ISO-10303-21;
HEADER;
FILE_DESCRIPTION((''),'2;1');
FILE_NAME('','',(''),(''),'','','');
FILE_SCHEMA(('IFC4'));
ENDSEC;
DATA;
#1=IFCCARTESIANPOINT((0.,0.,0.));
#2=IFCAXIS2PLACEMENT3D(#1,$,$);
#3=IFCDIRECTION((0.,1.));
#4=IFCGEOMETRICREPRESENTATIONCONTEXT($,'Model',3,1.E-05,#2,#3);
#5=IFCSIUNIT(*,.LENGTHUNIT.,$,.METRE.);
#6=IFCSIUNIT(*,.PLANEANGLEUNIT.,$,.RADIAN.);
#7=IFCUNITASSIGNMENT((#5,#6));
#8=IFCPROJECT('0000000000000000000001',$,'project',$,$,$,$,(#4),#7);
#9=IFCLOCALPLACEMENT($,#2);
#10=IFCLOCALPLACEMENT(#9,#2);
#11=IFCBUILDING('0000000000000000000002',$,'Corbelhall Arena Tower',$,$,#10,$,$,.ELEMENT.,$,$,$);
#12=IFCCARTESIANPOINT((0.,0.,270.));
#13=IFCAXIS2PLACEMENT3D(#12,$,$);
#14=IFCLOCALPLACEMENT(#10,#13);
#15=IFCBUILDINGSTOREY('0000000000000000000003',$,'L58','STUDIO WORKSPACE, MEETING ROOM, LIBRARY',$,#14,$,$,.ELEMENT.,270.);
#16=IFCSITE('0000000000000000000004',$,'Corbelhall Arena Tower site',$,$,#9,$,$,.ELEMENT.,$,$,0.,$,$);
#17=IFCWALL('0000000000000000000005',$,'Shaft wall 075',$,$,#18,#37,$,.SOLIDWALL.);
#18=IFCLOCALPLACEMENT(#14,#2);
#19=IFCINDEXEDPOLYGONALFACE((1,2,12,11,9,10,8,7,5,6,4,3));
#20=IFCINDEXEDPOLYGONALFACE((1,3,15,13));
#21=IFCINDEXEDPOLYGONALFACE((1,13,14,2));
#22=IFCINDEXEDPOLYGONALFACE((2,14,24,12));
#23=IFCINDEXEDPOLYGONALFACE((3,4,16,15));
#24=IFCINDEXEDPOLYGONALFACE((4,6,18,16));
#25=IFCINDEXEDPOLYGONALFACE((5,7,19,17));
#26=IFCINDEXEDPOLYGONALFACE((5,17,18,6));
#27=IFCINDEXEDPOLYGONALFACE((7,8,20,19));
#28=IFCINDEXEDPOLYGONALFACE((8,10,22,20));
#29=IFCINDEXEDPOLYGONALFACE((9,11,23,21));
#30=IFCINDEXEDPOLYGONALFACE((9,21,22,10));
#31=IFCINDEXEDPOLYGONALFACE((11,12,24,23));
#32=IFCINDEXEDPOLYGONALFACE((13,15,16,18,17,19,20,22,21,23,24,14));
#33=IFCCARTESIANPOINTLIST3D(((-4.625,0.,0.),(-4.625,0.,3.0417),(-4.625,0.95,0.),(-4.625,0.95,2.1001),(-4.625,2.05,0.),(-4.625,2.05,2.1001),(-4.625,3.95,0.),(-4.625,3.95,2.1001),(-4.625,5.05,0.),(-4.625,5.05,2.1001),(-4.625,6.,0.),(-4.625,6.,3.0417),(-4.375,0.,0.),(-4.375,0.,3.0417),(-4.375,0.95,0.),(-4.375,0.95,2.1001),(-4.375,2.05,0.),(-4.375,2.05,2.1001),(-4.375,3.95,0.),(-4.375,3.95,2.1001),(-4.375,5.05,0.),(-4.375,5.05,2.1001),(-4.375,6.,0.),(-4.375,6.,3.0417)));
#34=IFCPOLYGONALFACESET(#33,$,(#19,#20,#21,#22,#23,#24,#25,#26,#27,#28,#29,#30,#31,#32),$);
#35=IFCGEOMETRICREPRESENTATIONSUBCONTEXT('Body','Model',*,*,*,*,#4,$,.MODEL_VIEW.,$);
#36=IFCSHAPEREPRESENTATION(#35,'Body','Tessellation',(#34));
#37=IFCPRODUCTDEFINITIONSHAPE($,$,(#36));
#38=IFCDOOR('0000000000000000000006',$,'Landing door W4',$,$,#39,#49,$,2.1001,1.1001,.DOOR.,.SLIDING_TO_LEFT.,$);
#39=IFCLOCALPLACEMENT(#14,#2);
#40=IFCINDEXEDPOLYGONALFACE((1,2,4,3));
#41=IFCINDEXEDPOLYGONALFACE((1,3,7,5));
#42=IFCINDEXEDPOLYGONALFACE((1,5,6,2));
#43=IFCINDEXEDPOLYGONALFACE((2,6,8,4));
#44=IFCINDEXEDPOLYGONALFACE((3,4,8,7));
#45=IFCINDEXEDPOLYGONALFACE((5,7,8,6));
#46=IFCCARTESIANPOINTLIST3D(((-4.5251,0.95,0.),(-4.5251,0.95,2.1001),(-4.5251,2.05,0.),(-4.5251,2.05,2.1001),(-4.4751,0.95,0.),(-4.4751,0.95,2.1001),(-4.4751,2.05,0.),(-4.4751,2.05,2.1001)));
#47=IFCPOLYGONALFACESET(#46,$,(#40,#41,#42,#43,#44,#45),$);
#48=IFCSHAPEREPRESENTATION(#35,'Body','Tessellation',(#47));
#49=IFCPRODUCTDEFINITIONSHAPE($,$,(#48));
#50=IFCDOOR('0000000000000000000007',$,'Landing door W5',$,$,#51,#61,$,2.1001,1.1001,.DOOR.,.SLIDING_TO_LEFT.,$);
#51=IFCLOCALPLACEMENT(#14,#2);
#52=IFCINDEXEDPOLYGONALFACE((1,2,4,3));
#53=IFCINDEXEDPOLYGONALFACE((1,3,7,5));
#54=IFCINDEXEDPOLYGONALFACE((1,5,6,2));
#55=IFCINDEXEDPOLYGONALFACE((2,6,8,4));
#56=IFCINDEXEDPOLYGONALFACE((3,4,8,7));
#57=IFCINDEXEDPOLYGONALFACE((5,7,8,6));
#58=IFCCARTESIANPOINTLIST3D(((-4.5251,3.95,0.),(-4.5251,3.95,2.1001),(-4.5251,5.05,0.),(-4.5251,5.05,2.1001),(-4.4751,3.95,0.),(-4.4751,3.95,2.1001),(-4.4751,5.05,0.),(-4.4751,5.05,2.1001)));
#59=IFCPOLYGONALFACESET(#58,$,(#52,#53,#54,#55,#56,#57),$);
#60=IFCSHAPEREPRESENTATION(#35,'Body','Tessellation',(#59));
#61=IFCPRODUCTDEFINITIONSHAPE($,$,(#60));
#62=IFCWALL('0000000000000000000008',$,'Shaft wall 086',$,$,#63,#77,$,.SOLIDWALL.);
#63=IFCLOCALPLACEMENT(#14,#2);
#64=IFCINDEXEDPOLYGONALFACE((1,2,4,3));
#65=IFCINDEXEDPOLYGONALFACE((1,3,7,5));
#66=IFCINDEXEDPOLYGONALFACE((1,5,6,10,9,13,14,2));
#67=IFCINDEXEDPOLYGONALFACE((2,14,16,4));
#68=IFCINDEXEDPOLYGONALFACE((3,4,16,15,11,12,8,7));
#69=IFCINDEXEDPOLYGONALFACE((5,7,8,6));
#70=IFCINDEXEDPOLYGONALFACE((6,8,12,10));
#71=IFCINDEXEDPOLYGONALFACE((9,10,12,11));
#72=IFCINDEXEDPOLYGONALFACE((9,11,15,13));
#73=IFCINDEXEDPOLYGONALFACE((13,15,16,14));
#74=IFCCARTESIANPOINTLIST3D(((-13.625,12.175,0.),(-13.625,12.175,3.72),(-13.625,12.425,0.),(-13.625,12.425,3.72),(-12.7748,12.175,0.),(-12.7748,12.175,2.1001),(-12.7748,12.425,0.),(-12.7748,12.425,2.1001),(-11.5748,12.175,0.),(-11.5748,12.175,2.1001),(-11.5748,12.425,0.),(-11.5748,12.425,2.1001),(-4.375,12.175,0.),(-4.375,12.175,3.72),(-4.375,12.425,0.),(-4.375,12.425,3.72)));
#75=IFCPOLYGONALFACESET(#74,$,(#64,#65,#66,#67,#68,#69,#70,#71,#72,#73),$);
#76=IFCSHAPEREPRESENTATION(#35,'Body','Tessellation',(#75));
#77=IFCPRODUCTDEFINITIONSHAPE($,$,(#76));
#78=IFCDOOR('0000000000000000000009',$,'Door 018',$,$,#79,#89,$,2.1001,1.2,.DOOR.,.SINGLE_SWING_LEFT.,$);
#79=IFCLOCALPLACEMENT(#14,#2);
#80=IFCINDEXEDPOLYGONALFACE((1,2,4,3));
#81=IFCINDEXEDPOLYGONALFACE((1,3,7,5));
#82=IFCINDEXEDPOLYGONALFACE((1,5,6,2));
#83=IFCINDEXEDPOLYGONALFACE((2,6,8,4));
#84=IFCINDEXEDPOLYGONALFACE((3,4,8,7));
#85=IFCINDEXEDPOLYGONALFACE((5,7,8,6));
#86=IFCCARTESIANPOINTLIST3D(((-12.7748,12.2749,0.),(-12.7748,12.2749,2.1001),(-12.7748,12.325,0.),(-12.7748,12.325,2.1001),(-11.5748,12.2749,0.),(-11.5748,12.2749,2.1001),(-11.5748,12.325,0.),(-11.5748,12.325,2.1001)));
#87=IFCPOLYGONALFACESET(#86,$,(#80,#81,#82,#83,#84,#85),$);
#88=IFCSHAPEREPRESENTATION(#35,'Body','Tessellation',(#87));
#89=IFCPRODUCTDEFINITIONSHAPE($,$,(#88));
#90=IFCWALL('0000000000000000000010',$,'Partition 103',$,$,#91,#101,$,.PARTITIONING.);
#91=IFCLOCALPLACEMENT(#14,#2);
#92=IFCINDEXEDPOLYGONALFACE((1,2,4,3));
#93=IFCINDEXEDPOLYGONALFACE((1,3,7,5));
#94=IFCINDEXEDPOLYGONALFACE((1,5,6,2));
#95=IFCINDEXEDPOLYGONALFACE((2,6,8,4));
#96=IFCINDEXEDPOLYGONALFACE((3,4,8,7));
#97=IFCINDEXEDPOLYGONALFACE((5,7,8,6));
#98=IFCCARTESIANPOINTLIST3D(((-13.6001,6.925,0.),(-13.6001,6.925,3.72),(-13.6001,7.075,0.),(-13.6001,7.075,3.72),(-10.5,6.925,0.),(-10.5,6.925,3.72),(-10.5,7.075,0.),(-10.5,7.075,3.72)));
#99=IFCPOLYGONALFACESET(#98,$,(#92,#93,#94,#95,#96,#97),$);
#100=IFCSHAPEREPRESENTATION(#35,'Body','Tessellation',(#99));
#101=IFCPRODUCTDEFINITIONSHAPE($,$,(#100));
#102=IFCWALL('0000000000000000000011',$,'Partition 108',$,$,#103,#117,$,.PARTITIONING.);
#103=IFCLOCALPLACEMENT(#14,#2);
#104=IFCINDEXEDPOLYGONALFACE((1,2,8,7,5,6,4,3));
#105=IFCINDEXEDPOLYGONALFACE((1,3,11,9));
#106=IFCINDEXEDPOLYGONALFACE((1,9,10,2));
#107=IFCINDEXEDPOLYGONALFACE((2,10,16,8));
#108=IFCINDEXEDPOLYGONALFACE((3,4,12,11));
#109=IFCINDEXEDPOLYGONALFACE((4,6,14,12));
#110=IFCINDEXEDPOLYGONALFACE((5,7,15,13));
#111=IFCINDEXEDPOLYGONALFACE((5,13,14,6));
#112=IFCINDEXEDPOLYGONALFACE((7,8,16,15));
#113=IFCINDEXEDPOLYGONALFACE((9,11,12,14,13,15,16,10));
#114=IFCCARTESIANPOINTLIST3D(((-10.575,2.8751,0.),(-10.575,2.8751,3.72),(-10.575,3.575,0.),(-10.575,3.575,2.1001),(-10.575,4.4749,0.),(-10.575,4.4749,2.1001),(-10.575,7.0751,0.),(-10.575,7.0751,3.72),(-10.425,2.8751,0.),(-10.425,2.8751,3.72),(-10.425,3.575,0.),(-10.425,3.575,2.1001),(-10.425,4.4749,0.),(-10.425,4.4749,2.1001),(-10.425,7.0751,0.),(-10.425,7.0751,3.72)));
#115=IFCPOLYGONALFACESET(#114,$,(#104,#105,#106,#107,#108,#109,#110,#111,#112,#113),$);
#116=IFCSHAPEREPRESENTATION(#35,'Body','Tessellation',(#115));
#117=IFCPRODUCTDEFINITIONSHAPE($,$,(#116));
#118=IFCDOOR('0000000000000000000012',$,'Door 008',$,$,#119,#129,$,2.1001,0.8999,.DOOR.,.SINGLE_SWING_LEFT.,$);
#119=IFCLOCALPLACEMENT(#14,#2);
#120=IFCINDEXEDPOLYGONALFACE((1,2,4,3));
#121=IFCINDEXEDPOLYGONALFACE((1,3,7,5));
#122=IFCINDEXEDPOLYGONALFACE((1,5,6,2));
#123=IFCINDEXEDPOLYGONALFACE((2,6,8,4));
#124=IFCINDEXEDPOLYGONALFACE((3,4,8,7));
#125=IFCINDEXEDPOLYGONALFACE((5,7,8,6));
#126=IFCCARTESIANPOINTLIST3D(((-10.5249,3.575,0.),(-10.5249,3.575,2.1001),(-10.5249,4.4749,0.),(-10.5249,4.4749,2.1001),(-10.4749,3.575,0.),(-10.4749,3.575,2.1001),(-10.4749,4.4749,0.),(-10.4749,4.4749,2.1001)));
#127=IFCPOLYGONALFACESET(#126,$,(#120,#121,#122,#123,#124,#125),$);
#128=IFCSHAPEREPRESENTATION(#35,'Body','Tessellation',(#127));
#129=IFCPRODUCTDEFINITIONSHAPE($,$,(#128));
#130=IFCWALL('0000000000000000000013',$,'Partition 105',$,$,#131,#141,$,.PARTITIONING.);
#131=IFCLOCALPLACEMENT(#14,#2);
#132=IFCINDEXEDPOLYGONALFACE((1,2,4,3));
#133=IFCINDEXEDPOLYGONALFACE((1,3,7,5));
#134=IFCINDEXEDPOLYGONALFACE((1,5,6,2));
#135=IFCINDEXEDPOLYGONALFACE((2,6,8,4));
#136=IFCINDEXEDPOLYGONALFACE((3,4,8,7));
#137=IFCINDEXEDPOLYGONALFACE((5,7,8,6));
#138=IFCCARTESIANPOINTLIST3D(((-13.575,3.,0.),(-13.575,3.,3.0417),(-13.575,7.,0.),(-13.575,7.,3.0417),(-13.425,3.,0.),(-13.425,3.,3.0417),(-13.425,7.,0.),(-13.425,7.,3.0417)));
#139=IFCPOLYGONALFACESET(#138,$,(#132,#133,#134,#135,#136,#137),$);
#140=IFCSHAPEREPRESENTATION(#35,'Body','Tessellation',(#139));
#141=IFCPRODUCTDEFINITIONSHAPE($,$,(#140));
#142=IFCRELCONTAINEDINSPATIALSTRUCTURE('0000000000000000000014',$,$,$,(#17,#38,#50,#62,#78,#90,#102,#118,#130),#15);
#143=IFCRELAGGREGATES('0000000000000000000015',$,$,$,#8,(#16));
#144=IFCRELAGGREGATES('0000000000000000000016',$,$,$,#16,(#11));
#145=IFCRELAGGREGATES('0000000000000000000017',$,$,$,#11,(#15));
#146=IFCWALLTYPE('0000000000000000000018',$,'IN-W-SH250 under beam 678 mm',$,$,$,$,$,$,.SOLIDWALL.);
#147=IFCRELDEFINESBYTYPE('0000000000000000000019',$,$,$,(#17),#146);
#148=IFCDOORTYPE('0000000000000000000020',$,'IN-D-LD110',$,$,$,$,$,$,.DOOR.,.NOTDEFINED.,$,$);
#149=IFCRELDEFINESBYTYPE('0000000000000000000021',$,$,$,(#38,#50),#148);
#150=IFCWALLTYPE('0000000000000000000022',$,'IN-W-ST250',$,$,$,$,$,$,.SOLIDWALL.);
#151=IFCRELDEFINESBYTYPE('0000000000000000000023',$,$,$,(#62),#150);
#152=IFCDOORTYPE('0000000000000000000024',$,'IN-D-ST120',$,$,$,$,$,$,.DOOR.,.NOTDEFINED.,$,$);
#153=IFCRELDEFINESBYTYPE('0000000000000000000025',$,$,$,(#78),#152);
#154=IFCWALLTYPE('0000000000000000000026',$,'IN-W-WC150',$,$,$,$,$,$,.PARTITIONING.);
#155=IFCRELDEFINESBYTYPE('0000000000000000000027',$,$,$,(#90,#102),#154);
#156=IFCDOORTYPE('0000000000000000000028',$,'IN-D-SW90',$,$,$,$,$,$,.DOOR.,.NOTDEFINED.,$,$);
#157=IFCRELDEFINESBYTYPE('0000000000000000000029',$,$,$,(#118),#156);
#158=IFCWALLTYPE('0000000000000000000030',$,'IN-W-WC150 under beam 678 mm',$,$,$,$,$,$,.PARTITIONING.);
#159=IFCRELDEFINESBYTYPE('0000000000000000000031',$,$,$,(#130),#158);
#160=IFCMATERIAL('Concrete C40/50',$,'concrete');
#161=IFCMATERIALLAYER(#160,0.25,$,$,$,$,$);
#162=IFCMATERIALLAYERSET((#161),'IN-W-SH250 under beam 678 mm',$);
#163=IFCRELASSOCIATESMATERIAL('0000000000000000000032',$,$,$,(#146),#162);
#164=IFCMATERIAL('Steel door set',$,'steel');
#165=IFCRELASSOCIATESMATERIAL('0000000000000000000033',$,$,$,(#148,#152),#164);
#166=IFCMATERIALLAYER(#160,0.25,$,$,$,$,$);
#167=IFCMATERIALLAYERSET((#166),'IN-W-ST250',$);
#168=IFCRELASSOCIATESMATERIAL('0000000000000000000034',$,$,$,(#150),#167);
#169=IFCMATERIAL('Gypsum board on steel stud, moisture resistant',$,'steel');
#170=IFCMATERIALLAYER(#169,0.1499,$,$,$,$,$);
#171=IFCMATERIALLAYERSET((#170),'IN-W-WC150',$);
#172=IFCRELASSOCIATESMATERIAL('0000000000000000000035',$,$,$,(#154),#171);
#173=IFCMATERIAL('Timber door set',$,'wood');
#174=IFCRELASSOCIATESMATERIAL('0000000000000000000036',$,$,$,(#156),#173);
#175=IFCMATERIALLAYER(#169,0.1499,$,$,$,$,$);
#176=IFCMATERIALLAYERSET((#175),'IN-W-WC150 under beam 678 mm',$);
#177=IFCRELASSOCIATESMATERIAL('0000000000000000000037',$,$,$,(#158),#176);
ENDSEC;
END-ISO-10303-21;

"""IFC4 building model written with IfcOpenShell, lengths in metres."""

from ifc_helpers import new_model, si_unit, direction, frame, frame_2d, origin, place, context, subcontext, project, spatial, rectangle, extrude, material, layer, layer_set, type_object, element, fill, save


model = new_model("IFC4")

# Units and contexts
model_context = context("Model", 3, precision=1e-05, world=origin(), true_north=direction((0.0, 1.0)))
body_context = subcontext(model_context, "Body", "Model", "MODEL_VIEW")
ifc_project = project(units=[si_unit("LENGTHUNIT", "METRE"), si_unit("PLANEANGLEUNIT", "RADIAN")], contexts=[model_context])

# Site, building, storey
site_placement = place(None, origin())
site = spatial("IfcSite", under=ifc_project, at=site_placement, Name="Corbelhall Arena Tower site", CompositionType="ELEMENT", RefElevation=0.0)
building_placement = place(site_placement, origin())
building = spatial("IfcBuilding", under=site, at=building_placement, Name="Corbelhall Arena Tower", CompositionType="ELEMENT")
storey_placement = place(building_placement, frame((0.0, 0.0, 270.0)))
storey = spatial("IfcBuildingStorey", under=building, at=storey_placement, Name="L58", Description="STUDIO WORKSPACE, MEETING ROOM, LIBRARY", CompositionType="ELEMENT", Elevation=270.0)

# Shared definitions
ifc_material_1 = material(Name="Steel door set", Category="steel")

# Shared definitions
ifc_material_2 = material(Name="Concrete C40/50", Category="concrete")

# Wall, openings, doors
ifc_layer_1 = layer(ifc_material_2, 0.25)
ifc_layer_set_1 = layer_set([ifc_layer_1], Name="IN-W-SH250 under beam 678 mm")
wall_type_1 = type_object("IfcWallType", Name="IN-W-SH250 under beam 678 mm", PredefinedType="SOLIDWALL", material=ifc_layer_set_1)
wall_1_placement = place(storey_placement, frame((-4.5, 6.0, 0.0), z_axis=(0.0, 0.0, 1.0), x_axis=(0.0, -1.0, 0.0)))
wall_1 = element("IfcWall", 1, at=wall_1_placement, inside=storey, type_object=wall_type_1, Name="Shaft wall 075", PredefinedType="SOLIDWALL", context=body_context, shape_type="SweptSolid", body=[
    extrude(rectangle(XDim=6.0, YDim=0.25, at=frame_2d((3.0, 0.0))), origin(), (0.0, 0.0, 1.0), 3.0417),
])
opening_1_placement = place(wall_1_placement, frame((3.95, 0.0, 0.0)))
opening_1 = element("IfcOpeningElement", 2, at=opening_1_placement, cuts=wall_1, PredefinedType="OPENING", context=body_context, shape_type="SweptSolid", body=[
    extrude(rectangle(XDim=1.1001, YDim=2.1001, at=frame_2d((0.55, 1.05))), frame((0.0, 0.125, 0.0), z_axis=(0.0, -1.0, 0.0), x_axis=(1.0, 0.0, 0.0)), (0.0, 0.0, 1.0), 0.25),
])
opening_2_placement = place(wall_1_placement, frame((0.95, 0.0, 0.0)))
opening_2 = element("IfcOpeningElement", 3, at=opening_2_placement, cuts=wall_1, PredefinedType="OPENING", context=body_context, shape_type="SweptSolid", body=[
    extrude(rectangle(XDim=1.1001, YDim=2.1001, at=frame_2d((0.55, 1.05))), frame((0.0, 0.125, 0.0), z_axis=(0.0, -1.0, 0.0), x_axis=(1.0, 0.0, 0.0)), (0.0, 0.0, 1.0), 0.25),
])
door_type_1 = type_object("IfcDoorType", Name="IN-D-LD110", OperationType="NOTDEFINED", PredefinedType="DOOR", material=ifc_material_1)
door_1_placement = place(opening_1_placement, origin())
door_1 = element("IfcDoor", 4, at=door_1_placement, inside=storey, type_object=door_type_1, Name="Landing door W4", OperationType="SLIDING_TO_LEFT", OverallHeight=2.1001, OverallWidth=1.1001, PredefinedType="DOOR", context=body_context, shape_type="SweptSolid", body=[
    extrude(rectangle(XDim=1.1001, YDim=2.1001, at=frame_2d((0.55, 1.05))), frame((0.0, 0.0249, 0.0), z_axis=(0.0, -1.0, 0.0), x_axis=(1.0, 0.0, 0.0)), (0.0, 0.0, 1.0), 0.05),
])
fill(opening_1, door_1)
door_2_placement = place(opening_2_placement, origin())
door_2 = element("IfcDoor", 5, at=door_2_placement, inside=storey, type_object=door_type_1, Name="Landing door W5", OperationType="SLIDING_TO_LEFT", OverallHeight=2.1001, OverallWidth=1.1001, PredefinedType="DOOR", context=body_context, shape_type="SweptSolid", body=[
    extrude(rectangle(XDim=1.1001, YDim=2.1001, at=frame_2d((0.55, 1.05))), frame((0.0, 0.0249, 0.0), z_axis=(0.0, -1.0, 0.0), x_axis=(1.0, 0.0, 0.0)), (0.0, 0.0, 1.0), 0.05),
])
fill(opening_2, door_2)

# Wall, opening, door
ifc_layer_2 = layer(ifc_material_2, 0.25)
ifc_layer_set_2 = layer_set([ifc_layer_2], Name="IN-W-ST250")
wall_type_2 = type_object("IfcWallType", Name="IN-W-ST250", PredefinedType="SOLIDWALL", material=ifc_layer_set_2)
wall_2_placement = place(storey_placement, frame((-13.625, 12.3, 0.0), z_axis=(0.0, 0.0, 1.0), x_axis=(1.0, 0.0, 0.0)))
wall_2 = element("IfcWall", 6, at=wall_2_placement, inside=storey, type_object=wall_type_2, Name="Shaft wall 086", PredefinedType="SOLIDWALL", context=body_context, shape_type="SweptSolid", body=[
    extrude(rectangle(XDim=9.25, YDim=0.25, at=frame_2d((4.625, 0.0))), origin(), (0.0, 0.0, 1.0), 3.72),
])
opening_3_placement = place(wall_2_placement, frame((0.8501, 0.0, 0.0)))
opening_3 = element("IfcOpeningElement", 7, at=opening_3_placement, cuts=wall_2, PredefinedType="OPENING", context=body_context, shape_type="SweptSolid", body=[
    extrude(rectangle(XDim=1.2, YDim=2.1001, at=frame_2d((0.6001, 1.05))), frame((0.0, 0.125, 0.0), z_axis=(0.0, -1.0, 0.0), x_axis=(1.0, 0.0, 0.0)), (0.0, 0.0, 1.0), 0.25),
])
door_type_2 = type_object("IfcDoorType", Name="IN-D-ST120", OperationType="NOTDEFINED", PredefinedType="DOOR", material=ifc_material_1)
door_3_placement = place(opening_3_placement, origin())
door_3 = element("IfcDoor", 8, at=door_3_placement, inside=storey, type_object=door_type_2, Name="Door 018", OperationType="SINGLE_SWING_LEFT", OverallHeight=2.1001, OverallWidth=1.2, PredefinedType="DOOR", context=body_context, shape_type="SweptSolid", body=[
    extrude(rectangle(XDim=1.2, YDim=2.1001, at=frame_2d((0.6001, 1.05))), frame((0.0, 0.0249, 0.0), z_axis=(0.0, -1.0, 0.0), x_axis=(1.0, 0.0, 0.0)), (0.0, 0.0, 1.0), 0.05),
])
fill(opening_3, door_3)

# Wall
ifc_material_3 = material(Name="Gypsum board on steel stud, moisture resistant", Category="steel")
ifc_layer_3 = layer(ifc_material_3, 0.1499)
ifc_layer_set_3 = layer_set([ifc_layer_3], Name="IN-W-WC150")
wall_type_3 = type_object("IfcWallType", Name="IN-W-WC150", PredefinedType="PARTITIONING", material=ifc_layer_set_3)
wall_3_placement = place(storey_placement, frame((-13.6001, 7.0, 0.0), z_axis=(0.0, 0.0, 1.0), x_axis=(1.0, 0.0, 0.0)))
element("IfcWall", 9, at=wall_3_placement, inside=storey, type_object=wall_type_3, Name="Partition 103", PredefinedType="PARTITIONING", context=body_context, shape_type="SweptSolid", body=[
    extrude(rectangle(XDim=3.1001, YDim=0.1499, at=frame_2d((1.55, 0.0))), origin(), (0.0, 0.0, 1.0), 3.72),
])

# Wall, opening, door
wall_4_placement = place(storey_placement, frame((-10.5, 2.875, 0.0), z_axis=(0.0, 0.0, 1.0), x_axis=(0.0, 1.0, 0.0)))
wall_4 = element("IfcWall", 10, at=wall_4_placement, inside=storey, type_object=wall_type_3, Name="Partition 108", PredefinedType="PARTITIONING", context=body_context, shape_type="SweptSolid", body=[
    extrude(rectangle(XDim=4.2, YDim=0.1499, at=frame_2d((2.1001, 0.0))), origin(), (0.0, 0.0, 1.0), 3.72),
])
opening_4_placement = place(wall_4_placement, frame((0.7, 0.0, 0.0)))
opening_4 = element("IfcOpeningElement", 11, at=opening_4_placement, cuts=wall_4, PredefinedType="OPENING", context=body_context, shape_type="SweptSolid", body=[
    extrude(rectangle(XDim=0.8999, YDim=2.1001, at=frame_2d((0.45, 1.05))), frame((0.0, 0.075, 0.0), z_axis=(0.0, -1.0, 0.0), x_axis=(1.0, 0.0, 0.0)), (0.0, 0.0, 1.0), 0.1499),
])
ifc_material_4 = material(Name="Timber door set", Category="wood")
door_type_3 = type_object("IfcDoorType", Name="IN-D-SW90", OperationType="NOTDEFINED", PredefinedType="DOOR", material=ifc_material_4)
door_4_placement = place(opening_4_placement, origin())
door_4 = element("IfcDoor", 12, at=door_4_placement, inside=storey, type_object=door_type_3, Name="Door 008", OperationType="SINGLE_SWING_LEFT", OverallHeight=2.1001, OverallWidth=0.8999, PredefinedType="DOOR", context=body_context, shape_type="SweptSolid", body=[
    extrude(rectangle(XDim=0.8999, YDim=2.1001, at=frame_2d((0.45, 1.05))), frame((0.0, 0.0249, 0.0), z_axis=(0.0, -1.0, 0.0), x_axis=(1.0, 0.0, 0.0)), (0.0, 0.0, 1.0), 0.05),
])
fill(opening_4, door_4)

# Wall
ifc_layer_4 = layer(ifc_material_3, 0.1499)
ifc_layer_set_4 = layer_set([ifc_layer_4], Name="IN-W-WC150 under beam 678 mm")
wall_type_4 = type_object("IfcWallType", Name="IN-W-WC150 under beam 678 mm", PredefinedType="PARTITIONING", material=ifc_layer_set_4)
wall_5_placement = place(storey_placement, frame((-13.5, 3.0, 0.0), z_axis=(0.0, 0.0, 1.0), x_axis=(0.0, 1.0, 0.0)))
element("IfcWall", 13, at=wall_5_placement, inside=storey, type_object=wall_type_4, Name="Partition 105", PredefinedType="PARTITIONING", context=body_context, shape_type="SweptSolid", body=[
    extrude(rectangle(XDim=4.0, YDim=0.1499, at=frame_2d((2.0, 0.0))), origin(), (0.0, 0.0, 1.0), 3.0417),
])

save(model, "model.ifc")
